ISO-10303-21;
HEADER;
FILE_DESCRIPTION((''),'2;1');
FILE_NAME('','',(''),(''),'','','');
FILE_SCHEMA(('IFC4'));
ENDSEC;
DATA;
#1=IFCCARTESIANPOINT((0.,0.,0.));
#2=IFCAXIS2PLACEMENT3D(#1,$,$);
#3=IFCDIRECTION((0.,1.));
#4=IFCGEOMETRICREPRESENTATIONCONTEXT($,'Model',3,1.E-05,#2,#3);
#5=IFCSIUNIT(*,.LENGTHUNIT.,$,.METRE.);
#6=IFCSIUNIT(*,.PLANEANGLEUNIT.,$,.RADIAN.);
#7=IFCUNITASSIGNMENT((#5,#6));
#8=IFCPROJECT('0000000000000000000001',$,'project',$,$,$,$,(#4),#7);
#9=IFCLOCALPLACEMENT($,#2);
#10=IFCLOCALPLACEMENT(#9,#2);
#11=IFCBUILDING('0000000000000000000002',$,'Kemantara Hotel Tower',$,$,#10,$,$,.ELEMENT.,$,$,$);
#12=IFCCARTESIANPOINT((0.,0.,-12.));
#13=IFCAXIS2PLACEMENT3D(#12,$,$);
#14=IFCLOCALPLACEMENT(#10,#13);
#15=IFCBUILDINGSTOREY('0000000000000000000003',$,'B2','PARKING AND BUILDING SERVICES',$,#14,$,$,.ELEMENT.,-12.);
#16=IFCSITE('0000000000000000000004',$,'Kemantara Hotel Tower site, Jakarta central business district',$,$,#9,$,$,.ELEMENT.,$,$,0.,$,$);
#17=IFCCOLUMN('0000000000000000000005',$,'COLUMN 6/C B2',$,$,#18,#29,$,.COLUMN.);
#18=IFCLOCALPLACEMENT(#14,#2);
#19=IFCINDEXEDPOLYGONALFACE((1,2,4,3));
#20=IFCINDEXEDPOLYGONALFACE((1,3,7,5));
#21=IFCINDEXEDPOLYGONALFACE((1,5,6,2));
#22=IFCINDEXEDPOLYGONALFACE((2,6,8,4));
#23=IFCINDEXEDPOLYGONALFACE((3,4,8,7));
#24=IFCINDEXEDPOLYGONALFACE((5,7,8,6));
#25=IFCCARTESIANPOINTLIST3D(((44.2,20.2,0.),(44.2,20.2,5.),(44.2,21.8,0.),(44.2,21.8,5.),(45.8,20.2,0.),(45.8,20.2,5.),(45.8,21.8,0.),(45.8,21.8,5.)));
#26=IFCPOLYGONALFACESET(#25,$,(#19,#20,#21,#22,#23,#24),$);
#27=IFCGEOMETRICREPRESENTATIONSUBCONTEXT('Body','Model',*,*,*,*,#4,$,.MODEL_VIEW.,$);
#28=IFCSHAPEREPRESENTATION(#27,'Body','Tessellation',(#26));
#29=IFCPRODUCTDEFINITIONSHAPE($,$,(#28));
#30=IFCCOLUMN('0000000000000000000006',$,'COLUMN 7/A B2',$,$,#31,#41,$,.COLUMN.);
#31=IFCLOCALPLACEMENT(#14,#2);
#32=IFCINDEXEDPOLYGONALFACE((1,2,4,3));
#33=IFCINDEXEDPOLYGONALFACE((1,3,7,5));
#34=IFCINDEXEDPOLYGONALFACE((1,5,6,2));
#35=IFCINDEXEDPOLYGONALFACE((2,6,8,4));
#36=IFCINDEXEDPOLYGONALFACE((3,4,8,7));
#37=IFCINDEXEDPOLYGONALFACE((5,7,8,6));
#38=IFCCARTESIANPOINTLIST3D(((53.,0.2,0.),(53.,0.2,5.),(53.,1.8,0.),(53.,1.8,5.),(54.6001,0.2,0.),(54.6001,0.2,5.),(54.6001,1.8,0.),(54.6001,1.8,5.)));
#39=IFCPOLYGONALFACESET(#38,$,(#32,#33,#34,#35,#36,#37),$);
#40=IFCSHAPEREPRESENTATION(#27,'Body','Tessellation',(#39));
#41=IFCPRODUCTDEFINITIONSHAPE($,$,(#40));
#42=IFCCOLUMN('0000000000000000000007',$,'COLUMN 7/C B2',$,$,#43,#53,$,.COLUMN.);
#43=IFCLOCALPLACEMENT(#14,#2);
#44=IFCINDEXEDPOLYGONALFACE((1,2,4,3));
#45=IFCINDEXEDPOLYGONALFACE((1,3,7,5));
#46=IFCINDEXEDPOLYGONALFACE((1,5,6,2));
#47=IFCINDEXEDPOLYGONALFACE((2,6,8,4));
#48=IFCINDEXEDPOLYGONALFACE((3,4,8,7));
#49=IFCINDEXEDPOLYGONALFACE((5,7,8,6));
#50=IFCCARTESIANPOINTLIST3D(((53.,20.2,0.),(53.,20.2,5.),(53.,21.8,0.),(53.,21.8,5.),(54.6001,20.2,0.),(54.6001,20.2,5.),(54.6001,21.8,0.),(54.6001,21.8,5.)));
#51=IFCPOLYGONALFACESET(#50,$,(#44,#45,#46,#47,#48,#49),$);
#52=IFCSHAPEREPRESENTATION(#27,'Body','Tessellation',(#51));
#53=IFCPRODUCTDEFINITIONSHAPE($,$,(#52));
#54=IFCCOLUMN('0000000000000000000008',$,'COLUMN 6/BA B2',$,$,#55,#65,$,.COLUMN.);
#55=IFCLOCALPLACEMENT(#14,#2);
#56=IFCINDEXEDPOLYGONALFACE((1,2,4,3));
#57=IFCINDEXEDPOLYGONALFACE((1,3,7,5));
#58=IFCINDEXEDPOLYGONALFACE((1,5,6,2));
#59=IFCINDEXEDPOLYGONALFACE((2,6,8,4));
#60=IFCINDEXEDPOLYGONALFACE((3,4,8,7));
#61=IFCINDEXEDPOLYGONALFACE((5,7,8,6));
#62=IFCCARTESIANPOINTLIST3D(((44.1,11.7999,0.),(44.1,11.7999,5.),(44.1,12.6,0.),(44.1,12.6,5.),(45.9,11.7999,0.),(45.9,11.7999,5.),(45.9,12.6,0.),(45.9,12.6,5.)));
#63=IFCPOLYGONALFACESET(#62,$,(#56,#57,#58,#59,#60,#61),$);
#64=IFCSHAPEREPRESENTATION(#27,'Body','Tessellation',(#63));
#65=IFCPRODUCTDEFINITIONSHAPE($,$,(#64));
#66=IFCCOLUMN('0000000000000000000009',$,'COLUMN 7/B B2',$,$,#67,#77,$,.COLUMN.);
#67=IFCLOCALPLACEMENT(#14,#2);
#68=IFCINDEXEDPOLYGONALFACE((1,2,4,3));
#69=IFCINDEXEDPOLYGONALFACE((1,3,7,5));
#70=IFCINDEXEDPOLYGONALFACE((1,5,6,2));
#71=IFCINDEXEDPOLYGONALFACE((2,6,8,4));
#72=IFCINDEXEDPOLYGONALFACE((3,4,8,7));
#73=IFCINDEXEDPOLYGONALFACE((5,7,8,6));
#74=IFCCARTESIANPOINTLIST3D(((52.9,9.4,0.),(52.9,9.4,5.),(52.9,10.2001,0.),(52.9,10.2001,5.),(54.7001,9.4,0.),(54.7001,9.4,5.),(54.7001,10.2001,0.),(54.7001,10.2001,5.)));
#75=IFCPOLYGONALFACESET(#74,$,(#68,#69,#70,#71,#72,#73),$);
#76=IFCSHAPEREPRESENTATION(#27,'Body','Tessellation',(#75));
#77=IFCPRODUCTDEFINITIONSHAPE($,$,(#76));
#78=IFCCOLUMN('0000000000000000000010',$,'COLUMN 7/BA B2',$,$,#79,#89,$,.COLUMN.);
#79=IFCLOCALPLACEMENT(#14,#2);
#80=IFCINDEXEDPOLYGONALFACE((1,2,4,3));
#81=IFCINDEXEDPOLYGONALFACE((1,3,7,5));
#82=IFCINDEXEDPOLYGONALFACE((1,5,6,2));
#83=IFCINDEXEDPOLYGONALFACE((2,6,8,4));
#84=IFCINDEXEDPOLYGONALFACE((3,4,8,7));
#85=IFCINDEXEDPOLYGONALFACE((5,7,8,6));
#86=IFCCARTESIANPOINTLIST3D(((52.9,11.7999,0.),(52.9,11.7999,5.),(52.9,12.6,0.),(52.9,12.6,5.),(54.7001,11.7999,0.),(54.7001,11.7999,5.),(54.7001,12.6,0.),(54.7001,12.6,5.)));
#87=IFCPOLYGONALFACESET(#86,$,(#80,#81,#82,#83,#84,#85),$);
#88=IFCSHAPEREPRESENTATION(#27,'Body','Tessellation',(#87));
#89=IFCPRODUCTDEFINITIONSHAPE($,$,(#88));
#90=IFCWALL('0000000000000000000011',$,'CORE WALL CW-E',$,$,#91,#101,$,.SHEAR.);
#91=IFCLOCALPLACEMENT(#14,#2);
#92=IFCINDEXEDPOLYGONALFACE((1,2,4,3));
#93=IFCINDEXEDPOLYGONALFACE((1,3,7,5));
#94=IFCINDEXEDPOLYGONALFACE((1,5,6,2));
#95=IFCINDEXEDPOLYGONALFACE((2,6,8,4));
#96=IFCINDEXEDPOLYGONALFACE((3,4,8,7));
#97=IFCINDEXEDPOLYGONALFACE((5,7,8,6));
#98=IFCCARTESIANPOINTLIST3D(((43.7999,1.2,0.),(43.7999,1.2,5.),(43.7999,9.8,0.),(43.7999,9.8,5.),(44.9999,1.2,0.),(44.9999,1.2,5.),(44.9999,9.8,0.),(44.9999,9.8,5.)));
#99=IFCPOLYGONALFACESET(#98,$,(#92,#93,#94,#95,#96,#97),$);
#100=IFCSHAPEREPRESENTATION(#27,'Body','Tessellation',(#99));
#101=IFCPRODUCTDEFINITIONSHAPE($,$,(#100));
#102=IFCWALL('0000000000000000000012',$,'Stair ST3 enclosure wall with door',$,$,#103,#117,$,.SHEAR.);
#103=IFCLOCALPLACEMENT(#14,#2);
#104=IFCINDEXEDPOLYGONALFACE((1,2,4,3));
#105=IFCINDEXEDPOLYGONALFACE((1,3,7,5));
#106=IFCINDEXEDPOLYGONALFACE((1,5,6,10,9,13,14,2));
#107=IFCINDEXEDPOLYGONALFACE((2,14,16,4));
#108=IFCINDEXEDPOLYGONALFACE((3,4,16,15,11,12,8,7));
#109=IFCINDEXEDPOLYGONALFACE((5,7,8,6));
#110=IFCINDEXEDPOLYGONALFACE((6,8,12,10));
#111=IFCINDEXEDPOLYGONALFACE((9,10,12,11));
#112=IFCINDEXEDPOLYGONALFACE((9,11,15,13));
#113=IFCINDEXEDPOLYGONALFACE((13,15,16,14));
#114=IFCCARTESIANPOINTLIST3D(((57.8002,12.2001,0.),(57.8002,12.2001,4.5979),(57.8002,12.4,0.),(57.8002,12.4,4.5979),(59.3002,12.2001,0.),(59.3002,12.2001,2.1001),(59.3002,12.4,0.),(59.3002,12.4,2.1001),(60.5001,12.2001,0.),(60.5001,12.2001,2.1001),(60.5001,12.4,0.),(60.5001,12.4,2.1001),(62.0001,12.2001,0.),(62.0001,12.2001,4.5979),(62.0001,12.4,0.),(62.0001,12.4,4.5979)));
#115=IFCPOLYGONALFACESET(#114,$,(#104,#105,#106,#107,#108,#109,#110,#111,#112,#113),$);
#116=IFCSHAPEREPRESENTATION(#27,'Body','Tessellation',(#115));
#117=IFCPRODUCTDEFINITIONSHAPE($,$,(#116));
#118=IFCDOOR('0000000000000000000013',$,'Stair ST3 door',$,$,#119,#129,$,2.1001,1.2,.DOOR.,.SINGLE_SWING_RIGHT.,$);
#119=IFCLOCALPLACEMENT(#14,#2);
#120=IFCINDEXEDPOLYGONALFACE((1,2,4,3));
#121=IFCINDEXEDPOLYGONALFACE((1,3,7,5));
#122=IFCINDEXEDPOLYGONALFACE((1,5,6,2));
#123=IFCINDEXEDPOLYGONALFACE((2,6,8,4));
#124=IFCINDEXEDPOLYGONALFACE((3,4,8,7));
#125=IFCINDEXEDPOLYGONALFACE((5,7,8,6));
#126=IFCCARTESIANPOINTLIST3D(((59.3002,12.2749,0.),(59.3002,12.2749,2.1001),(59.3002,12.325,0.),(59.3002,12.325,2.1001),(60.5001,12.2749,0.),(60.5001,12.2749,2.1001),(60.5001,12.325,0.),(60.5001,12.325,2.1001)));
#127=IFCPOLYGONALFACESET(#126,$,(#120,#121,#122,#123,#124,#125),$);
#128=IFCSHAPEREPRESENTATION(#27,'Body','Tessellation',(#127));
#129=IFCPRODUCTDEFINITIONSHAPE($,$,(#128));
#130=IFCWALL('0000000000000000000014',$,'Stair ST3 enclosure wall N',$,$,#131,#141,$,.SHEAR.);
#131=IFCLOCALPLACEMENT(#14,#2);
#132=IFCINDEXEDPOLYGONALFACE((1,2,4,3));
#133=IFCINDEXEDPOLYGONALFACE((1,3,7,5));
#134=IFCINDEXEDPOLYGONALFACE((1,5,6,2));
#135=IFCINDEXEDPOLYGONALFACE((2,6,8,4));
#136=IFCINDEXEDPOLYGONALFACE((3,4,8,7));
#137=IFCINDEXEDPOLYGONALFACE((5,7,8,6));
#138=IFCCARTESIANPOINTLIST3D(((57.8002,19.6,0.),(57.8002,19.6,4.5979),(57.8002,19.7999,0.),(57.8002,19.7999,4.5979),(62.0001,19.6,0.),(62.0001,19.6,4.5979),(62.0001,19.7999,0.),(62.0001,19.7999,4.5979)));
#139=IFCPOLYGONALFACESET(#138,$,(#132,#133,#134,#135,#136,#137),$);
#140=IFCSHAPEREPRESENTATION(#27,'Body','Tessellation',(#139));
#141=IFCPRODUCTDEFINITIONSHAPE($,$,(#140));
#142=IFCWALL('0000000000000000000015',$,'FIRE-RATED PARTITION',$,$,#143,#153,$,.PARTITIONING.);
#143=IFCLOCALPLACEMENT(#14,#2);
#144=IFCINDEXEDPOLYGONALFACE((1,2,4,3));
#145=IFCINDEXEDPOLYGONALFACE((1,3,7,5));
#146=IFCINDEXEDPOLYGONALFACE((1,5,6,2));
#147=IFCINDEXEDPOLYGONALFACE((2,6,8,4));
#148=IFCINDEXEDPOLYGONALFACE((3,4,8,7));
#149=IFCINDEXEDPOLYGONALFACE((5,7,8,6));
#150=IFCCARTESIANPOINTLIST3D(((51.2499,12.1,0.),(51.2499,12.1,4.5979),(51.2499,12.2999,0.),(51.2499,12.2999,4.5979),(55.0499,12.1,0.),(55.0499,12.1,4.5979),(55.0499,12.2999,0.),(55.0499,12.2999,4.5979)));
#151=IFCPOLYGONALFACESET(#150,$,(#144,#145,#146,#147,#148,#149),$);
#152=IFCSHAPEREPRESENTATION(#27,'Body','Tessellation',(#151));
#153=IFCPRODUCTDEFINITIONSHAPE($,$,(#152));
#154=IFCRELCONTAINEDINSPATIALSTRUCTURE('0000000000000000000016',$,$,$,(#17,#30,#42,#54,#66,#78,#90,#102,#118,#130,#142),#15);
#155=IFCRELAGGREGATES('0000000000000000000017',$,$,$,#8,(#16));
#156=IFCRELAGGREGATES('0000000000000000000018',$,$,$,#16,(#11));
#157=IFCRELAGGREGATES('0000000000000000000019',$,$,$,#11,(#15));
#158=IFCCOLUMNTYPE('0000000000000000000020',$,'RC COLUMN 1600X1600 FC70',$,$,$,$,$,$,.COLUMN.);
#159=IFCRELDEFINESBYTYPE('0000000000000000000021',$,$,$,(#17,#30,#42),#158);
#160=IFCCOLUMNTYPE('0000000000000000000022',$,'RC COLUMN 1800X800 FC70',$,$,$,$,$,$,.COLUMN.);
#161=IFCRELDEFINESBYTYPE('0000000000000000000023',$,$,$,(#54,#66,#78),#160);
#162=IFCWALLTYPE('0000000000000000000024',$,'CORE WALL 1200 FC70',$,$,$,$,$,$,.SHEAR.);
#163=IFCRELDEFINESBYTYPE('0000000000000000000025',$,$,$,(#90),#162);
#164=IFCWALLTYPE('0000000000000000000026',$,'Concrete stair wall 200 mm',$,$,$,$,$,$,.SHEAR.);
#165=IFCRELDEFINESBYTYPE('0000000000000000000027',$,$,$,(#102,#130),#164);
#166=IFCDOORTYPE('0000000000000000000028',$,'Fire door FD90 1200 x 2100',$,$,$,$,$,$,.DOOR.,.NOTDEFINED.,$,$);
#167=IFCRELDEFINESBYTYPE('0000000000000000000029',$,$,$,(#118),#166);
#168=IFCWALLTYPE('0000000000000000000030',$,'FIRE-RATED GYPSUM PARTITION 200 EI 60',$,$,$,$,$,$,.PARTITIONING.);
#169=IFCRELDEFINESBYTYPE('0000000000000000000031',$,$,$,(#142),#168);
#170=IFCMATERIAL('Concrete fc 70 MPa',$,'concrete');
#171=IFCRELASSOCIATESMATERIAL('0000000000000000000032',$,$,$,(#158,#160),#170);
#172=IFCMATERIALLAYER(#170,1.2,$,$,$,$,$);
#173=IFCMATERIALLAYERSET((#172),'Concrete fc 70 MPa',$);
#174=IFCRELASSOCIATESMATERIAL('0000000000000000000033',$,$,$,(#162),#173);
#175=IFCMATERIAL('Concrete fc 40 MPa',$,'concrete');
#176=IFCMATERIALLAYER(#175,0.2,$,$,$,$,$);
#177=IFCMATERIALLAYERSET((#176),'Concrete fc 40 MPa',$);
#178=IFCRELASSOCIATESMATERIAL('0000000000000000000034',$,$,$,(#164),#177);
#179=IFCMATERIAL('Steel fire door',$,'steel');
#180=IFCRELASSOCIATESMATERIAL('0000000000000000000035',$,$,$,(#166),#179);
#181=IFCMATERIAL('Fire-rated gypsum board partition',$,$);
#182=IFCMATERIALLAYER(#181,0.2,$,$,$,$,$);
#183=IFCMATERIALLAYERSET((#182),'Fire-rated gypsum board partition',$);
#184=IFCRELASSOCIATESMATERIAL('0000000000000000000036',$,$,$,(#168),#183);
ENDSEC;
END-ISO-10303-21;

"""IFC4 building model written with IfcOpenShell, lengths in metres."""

from ifc_helpers import new_model, si_unit, direction, frame, frame_2d, origin, origin_2d, place, context, subcontext, project, spatial, rectangle, extrude, material, layer, layer_set, material_profile, profile_set, type_object, element, fill, save


model = new_model("IFC4")

# Units and contexts
model_context = context("Model", 3, precision=1e-05, world=origin(), true_north=direction((0.0, 1.0)))
body_context = subcontext(model_context, "Body", "Model", "MODEL_VIEW")
ifc_project = project(units=[si_unit("LENGTHUNIT", "METRE"), si_unit("PLANEANGLEUNIT", "RADIAN")], contexts=[model_context])

# Site, building, storey
site_placement = place(None, origin())
site = spatial("IfcSite", under=ifc_project, at=site_placement, Name="Kemantara Hotel Tower site, Jakarta central business district", CompositionType="ELEMENT", RefElevation=0.0)
building_placement = place(site_placement, origin())
building = spatial("IfcBuilding", under=site, at=building_placement, Name="Kemantara Hotel Tower", CompositionType="ELEMENT")
storey_placement = place(building_placement, frame((0.0, 0.0, -12.0)))
storey = spatial("IfcBuildingStorey", under=building, at=storey_placement, Name="B2", Description="PARKING AND BUILDING SERVICES", CompositionType="ELEMENT", Elevation=-12.0)

# Columns
ifc_material_1 = material(Name="Concrete fc 70 MPa", Category="concrete")
ifc_material_profile_1 = material_profile(ifc_material_1, rectangle(XDim=1.6001, YDim=1.6001, at=origin_2d()), Name="RC 1600X1600")
ifc_profile_set_1 = profile_set([ifc_material_profile_1], Name="Concrete fc 70 MPa")
column_type_1 = type_object("IfcColumnType", Name="RC COLUMN 1600X1600 FC70", PredefinedType="COLUMN", material=ifc_profile_set_1)
for number, where, z_axis, x_axis, name in (
    (1, (45.0, 21.0, 0.0), (0.0, 0.0, 1.0), (1.0, 0.0, 0.0), "COLUMN 6/C B2"),
    (2, (53.8, 1.0, 0.0), (0.0, 0.0, 1.0), (1.0, 0.0, 0.0), "COLUMN 7/A B2"),
    (3, (53.8, 21.0, 0.0), (0.0, 0.0, 1.0), (1.0, 0.0, 0.0), "COLUMN 7/C B2"),
):
    element("IfcColumn", number, at=place(storey_placement, frame(where, z_axis=z_axis, x_axis=x_axis)), inside=storey, type_object=column_type_1, Name=name, PredefinedType="COLUMN", context=body_context, shape_type="SweptSolid", body=[
        extrude(rectangle(XDim=1.6001, YDim=1.6001, at=origin_2d()), origin(), (0.0, 0.0, 1.0), 5.0),
    ])
ifc_material_profile_2 = material_profile(ifc_material_1, rectangle(XDim=1.8, YDim=0.8, at=origin_2d()), Name="RC 1800X800")
ifc_profile_set_2 = profile_set([ifc_material_profile_2], Name="Concrete fc 70 MPa")
column_type_2 = type_object("IfcColumnType", Name="RC COLUMN 1800X800 FC70", PredefinedType="COLUMN", material=ifc_profile_set_2)
for number, where, z_axis, x_axis, name in (
    (4, (45.0, 12.2, 0.0), (0.0, 0.0, 1.0), (1.0, 0.0, 0.0), "COLUMN 6/BA B2"),
    (5, (53.8, 9.8, 0.0), (0.0, 0.0, 1.0), (1.0, 0.0, 0.0), "COLUMN 7/B B2"),
    (6, (53.8, 12.2, 0.0), (0.0, 0.0, 1.0), (1.0, 0.0, 0.0), "COLUMN 7/BA B2"),
):
    element("IfcColumn", number, at=place(storey_placement, frame(where, z_axis=z_axis, x_axis=x_axis)), inside=storey, type_object=column_type_2, Name=name, PredefinedType="COLUMN", context=body_context, shape_type="SweptSolid", body=[
        extrude(rectangle(XDim=1.8, YDim=0.8, at=origin_2d()), origin(), (0.0, 0.0, 1.0), 5.0),
    ])

# Wall
ifc_layer_1 = layer(ifc_material_1, 1.2)
ifc_layer_set_1 = layer_set([ifc_layer_1], Name="Concrete fc 70 MPa")
wall_type_1 = type_object("IfcWallType", Name="CORE WALL 1200 FC70", PredefinedType="SHEAR", material=ifc_layer_set_1)
wall_1_placement = place(storey_placement, frame((44.3999, 1.2, 0.0), z_axis=(0.0, 0.0, 1.0), x_axis=(0.0, 1.0, 0.0)))
element("IfcWall", 7, at=wall_1_placement, inside=storey, type_object=wall_type_1, Name="CORE WALL CW-E", PredefinedType="SHEAR", context=body_context, shape_type="SweptSolid", body=[
    extrude(rectangle(XDim=8.6001, YDim=1.2, at=frame_2d((4.3, 0.0))), origin(), (0.0, 0.0, 1.0), 5.0),
])

# Wall, opening, door
ifc_material_2 = material(Name="Concrete fc 40 MPa", Category="concrete")
ifc_layer_2 = layer(ifc_material_2, 0.2)
ifc_layer_set_2 = layer_set([ifc_layer_2], Name="Concrete fc 40 MPa")
wall_type_2 = type_object("IfcWallType", Name="Concrete stair wall 200 mm", PredefinedType="SHEAR", material=ifc_layer_set_2)
wall_2_placement = place(storey_placement, frame((57.8, 12.3, 0.0), z_axis=(0.0, 0.0, 1.0), x_axis=(1.0, 0.0, 0.0)))
wall_2 = element("IfcWall", 8, at=wall_2_placement, inside=storey, type_object=wall_type_2, Name="Stair ST3 enclosure wall with door", PredefinedType="SHEAR", context=body_context, shape_type="SweptSolid", body=[
    extrude(rectangle(XDim=4.2, YDim=0.2, at=frame_2d((2.1001, 0.0))), origin(), (0.0, 0.0, 1.0), 4.5979),
])
opening_1_placement = place(wall_2_placement, frame((1.5, 0.0, 0.0)))
opening_1 = element("IfcOpeningElement", 9, at=opening_1_placement, cuts=wall_2, PredefinedType="OPENING", context=body_context, shape_type="SweptSolid", body=[
    extrude(rectangle(XDim=1.2, YDim=2.1001, at=frame_2d((0.6001, 1.05))), frame((0.0, 0.1099, 0.0), z_axis=(0.0, -1.0, 0.0), x_axis=(1.0, 0.0, 0.0)), (0.0, 0.0, 1.0), 0.22),
])
ifc_material_3 = material(Name="Steel fire door", Category="steel")
door_type_1 = type_object("IfcDoorType", Name="Fire door FD90 1200 x 2100", OperationType="NOTDEFINED", PredefinedType="DOOR", material=ifc_material_3)
door_1_placement = place(opening_1_placement, origin())
door_1 = element("IfcDoor", 10, at=door_1_placement, inside=storey, type_object=door_type_1, Name="Stair ST3 door", OperationType="SINGLE_SWING_RIGHT", OverallHeight=2.1001, OverallWidth=1.2, PredefinedType="DOOR", context=body_context, shape_type="SweptSolid", body=[
    extrude(rectangle(XDim=1.2, YDim=2.1001, at=frame_2d((0.6001, 1.05))), frame((0.0, 0.0249, 0.0), z_axis=(0.0, -1.0, 0.0), x_axis=(1.0, 0.0, 0.0)), (0.0, 0.0, 1.0), 0.05),
])
fill(opening_1, door_1)

# Walls
wall_3_placement = place(storey_placement, frame((57.8, 19.7, 0.0), z_axis=(0.0, 0.0, 1.0), x_axis=(1.0, 0.0, 0.0)))
element("IfcWall", 11, at=wall_3_placement, inside=storey, type_object=wall_type_2, Name="Stair ST3 enclosure wall N", PredefinedType="SHEAR", context=body_context, shape_type="SweptSolid", body=[
    extrude(rectangle(XDim=4.2, YDim=0.2, at=frame_2d((2.1001, 0.0))), origin(), (0.0, 0.0, 1.0), 4.5979),
])
ifc_material_4 = material(Name="Fire-rated gypsum board partition")
ifc_layer_3 = layer(ifc_material_4, 0.2)
ifc_layer_set_3 = layer_set([ifc_layer_3], Name="Fire-rated gypsum board partition")
wall_type_3 = type_object("IfcWallType", Name="FIRE-RATED GYPSUM PARTITION 200 EI 60", PredefinedType="PARTITIONING", material=ifc_layer_set_3)
wall_4_placement = place(storey_placement, frame((51.25, 12.2, 0.0), z_axis=(0.0, 0.0, 1.0), x_axis=(1.0, 0.0, 0.0)))
element("IfcWall", 12, at=wall_4_placement, inside=storey, type_object=wall_type_3, Name="FIRE-RATED PARTITION", PredefinedType="PARTITIONING", context=body_context, shape_type="SweptSolid", body=[
    extrude(rectangle(XDim=3.8, YDim=0.2, at=frame_2d((1.8999, 0.0))), origin(), (0.0, 0.0, 1.0), 4.5979),
])

save(model, "model.ifc")
